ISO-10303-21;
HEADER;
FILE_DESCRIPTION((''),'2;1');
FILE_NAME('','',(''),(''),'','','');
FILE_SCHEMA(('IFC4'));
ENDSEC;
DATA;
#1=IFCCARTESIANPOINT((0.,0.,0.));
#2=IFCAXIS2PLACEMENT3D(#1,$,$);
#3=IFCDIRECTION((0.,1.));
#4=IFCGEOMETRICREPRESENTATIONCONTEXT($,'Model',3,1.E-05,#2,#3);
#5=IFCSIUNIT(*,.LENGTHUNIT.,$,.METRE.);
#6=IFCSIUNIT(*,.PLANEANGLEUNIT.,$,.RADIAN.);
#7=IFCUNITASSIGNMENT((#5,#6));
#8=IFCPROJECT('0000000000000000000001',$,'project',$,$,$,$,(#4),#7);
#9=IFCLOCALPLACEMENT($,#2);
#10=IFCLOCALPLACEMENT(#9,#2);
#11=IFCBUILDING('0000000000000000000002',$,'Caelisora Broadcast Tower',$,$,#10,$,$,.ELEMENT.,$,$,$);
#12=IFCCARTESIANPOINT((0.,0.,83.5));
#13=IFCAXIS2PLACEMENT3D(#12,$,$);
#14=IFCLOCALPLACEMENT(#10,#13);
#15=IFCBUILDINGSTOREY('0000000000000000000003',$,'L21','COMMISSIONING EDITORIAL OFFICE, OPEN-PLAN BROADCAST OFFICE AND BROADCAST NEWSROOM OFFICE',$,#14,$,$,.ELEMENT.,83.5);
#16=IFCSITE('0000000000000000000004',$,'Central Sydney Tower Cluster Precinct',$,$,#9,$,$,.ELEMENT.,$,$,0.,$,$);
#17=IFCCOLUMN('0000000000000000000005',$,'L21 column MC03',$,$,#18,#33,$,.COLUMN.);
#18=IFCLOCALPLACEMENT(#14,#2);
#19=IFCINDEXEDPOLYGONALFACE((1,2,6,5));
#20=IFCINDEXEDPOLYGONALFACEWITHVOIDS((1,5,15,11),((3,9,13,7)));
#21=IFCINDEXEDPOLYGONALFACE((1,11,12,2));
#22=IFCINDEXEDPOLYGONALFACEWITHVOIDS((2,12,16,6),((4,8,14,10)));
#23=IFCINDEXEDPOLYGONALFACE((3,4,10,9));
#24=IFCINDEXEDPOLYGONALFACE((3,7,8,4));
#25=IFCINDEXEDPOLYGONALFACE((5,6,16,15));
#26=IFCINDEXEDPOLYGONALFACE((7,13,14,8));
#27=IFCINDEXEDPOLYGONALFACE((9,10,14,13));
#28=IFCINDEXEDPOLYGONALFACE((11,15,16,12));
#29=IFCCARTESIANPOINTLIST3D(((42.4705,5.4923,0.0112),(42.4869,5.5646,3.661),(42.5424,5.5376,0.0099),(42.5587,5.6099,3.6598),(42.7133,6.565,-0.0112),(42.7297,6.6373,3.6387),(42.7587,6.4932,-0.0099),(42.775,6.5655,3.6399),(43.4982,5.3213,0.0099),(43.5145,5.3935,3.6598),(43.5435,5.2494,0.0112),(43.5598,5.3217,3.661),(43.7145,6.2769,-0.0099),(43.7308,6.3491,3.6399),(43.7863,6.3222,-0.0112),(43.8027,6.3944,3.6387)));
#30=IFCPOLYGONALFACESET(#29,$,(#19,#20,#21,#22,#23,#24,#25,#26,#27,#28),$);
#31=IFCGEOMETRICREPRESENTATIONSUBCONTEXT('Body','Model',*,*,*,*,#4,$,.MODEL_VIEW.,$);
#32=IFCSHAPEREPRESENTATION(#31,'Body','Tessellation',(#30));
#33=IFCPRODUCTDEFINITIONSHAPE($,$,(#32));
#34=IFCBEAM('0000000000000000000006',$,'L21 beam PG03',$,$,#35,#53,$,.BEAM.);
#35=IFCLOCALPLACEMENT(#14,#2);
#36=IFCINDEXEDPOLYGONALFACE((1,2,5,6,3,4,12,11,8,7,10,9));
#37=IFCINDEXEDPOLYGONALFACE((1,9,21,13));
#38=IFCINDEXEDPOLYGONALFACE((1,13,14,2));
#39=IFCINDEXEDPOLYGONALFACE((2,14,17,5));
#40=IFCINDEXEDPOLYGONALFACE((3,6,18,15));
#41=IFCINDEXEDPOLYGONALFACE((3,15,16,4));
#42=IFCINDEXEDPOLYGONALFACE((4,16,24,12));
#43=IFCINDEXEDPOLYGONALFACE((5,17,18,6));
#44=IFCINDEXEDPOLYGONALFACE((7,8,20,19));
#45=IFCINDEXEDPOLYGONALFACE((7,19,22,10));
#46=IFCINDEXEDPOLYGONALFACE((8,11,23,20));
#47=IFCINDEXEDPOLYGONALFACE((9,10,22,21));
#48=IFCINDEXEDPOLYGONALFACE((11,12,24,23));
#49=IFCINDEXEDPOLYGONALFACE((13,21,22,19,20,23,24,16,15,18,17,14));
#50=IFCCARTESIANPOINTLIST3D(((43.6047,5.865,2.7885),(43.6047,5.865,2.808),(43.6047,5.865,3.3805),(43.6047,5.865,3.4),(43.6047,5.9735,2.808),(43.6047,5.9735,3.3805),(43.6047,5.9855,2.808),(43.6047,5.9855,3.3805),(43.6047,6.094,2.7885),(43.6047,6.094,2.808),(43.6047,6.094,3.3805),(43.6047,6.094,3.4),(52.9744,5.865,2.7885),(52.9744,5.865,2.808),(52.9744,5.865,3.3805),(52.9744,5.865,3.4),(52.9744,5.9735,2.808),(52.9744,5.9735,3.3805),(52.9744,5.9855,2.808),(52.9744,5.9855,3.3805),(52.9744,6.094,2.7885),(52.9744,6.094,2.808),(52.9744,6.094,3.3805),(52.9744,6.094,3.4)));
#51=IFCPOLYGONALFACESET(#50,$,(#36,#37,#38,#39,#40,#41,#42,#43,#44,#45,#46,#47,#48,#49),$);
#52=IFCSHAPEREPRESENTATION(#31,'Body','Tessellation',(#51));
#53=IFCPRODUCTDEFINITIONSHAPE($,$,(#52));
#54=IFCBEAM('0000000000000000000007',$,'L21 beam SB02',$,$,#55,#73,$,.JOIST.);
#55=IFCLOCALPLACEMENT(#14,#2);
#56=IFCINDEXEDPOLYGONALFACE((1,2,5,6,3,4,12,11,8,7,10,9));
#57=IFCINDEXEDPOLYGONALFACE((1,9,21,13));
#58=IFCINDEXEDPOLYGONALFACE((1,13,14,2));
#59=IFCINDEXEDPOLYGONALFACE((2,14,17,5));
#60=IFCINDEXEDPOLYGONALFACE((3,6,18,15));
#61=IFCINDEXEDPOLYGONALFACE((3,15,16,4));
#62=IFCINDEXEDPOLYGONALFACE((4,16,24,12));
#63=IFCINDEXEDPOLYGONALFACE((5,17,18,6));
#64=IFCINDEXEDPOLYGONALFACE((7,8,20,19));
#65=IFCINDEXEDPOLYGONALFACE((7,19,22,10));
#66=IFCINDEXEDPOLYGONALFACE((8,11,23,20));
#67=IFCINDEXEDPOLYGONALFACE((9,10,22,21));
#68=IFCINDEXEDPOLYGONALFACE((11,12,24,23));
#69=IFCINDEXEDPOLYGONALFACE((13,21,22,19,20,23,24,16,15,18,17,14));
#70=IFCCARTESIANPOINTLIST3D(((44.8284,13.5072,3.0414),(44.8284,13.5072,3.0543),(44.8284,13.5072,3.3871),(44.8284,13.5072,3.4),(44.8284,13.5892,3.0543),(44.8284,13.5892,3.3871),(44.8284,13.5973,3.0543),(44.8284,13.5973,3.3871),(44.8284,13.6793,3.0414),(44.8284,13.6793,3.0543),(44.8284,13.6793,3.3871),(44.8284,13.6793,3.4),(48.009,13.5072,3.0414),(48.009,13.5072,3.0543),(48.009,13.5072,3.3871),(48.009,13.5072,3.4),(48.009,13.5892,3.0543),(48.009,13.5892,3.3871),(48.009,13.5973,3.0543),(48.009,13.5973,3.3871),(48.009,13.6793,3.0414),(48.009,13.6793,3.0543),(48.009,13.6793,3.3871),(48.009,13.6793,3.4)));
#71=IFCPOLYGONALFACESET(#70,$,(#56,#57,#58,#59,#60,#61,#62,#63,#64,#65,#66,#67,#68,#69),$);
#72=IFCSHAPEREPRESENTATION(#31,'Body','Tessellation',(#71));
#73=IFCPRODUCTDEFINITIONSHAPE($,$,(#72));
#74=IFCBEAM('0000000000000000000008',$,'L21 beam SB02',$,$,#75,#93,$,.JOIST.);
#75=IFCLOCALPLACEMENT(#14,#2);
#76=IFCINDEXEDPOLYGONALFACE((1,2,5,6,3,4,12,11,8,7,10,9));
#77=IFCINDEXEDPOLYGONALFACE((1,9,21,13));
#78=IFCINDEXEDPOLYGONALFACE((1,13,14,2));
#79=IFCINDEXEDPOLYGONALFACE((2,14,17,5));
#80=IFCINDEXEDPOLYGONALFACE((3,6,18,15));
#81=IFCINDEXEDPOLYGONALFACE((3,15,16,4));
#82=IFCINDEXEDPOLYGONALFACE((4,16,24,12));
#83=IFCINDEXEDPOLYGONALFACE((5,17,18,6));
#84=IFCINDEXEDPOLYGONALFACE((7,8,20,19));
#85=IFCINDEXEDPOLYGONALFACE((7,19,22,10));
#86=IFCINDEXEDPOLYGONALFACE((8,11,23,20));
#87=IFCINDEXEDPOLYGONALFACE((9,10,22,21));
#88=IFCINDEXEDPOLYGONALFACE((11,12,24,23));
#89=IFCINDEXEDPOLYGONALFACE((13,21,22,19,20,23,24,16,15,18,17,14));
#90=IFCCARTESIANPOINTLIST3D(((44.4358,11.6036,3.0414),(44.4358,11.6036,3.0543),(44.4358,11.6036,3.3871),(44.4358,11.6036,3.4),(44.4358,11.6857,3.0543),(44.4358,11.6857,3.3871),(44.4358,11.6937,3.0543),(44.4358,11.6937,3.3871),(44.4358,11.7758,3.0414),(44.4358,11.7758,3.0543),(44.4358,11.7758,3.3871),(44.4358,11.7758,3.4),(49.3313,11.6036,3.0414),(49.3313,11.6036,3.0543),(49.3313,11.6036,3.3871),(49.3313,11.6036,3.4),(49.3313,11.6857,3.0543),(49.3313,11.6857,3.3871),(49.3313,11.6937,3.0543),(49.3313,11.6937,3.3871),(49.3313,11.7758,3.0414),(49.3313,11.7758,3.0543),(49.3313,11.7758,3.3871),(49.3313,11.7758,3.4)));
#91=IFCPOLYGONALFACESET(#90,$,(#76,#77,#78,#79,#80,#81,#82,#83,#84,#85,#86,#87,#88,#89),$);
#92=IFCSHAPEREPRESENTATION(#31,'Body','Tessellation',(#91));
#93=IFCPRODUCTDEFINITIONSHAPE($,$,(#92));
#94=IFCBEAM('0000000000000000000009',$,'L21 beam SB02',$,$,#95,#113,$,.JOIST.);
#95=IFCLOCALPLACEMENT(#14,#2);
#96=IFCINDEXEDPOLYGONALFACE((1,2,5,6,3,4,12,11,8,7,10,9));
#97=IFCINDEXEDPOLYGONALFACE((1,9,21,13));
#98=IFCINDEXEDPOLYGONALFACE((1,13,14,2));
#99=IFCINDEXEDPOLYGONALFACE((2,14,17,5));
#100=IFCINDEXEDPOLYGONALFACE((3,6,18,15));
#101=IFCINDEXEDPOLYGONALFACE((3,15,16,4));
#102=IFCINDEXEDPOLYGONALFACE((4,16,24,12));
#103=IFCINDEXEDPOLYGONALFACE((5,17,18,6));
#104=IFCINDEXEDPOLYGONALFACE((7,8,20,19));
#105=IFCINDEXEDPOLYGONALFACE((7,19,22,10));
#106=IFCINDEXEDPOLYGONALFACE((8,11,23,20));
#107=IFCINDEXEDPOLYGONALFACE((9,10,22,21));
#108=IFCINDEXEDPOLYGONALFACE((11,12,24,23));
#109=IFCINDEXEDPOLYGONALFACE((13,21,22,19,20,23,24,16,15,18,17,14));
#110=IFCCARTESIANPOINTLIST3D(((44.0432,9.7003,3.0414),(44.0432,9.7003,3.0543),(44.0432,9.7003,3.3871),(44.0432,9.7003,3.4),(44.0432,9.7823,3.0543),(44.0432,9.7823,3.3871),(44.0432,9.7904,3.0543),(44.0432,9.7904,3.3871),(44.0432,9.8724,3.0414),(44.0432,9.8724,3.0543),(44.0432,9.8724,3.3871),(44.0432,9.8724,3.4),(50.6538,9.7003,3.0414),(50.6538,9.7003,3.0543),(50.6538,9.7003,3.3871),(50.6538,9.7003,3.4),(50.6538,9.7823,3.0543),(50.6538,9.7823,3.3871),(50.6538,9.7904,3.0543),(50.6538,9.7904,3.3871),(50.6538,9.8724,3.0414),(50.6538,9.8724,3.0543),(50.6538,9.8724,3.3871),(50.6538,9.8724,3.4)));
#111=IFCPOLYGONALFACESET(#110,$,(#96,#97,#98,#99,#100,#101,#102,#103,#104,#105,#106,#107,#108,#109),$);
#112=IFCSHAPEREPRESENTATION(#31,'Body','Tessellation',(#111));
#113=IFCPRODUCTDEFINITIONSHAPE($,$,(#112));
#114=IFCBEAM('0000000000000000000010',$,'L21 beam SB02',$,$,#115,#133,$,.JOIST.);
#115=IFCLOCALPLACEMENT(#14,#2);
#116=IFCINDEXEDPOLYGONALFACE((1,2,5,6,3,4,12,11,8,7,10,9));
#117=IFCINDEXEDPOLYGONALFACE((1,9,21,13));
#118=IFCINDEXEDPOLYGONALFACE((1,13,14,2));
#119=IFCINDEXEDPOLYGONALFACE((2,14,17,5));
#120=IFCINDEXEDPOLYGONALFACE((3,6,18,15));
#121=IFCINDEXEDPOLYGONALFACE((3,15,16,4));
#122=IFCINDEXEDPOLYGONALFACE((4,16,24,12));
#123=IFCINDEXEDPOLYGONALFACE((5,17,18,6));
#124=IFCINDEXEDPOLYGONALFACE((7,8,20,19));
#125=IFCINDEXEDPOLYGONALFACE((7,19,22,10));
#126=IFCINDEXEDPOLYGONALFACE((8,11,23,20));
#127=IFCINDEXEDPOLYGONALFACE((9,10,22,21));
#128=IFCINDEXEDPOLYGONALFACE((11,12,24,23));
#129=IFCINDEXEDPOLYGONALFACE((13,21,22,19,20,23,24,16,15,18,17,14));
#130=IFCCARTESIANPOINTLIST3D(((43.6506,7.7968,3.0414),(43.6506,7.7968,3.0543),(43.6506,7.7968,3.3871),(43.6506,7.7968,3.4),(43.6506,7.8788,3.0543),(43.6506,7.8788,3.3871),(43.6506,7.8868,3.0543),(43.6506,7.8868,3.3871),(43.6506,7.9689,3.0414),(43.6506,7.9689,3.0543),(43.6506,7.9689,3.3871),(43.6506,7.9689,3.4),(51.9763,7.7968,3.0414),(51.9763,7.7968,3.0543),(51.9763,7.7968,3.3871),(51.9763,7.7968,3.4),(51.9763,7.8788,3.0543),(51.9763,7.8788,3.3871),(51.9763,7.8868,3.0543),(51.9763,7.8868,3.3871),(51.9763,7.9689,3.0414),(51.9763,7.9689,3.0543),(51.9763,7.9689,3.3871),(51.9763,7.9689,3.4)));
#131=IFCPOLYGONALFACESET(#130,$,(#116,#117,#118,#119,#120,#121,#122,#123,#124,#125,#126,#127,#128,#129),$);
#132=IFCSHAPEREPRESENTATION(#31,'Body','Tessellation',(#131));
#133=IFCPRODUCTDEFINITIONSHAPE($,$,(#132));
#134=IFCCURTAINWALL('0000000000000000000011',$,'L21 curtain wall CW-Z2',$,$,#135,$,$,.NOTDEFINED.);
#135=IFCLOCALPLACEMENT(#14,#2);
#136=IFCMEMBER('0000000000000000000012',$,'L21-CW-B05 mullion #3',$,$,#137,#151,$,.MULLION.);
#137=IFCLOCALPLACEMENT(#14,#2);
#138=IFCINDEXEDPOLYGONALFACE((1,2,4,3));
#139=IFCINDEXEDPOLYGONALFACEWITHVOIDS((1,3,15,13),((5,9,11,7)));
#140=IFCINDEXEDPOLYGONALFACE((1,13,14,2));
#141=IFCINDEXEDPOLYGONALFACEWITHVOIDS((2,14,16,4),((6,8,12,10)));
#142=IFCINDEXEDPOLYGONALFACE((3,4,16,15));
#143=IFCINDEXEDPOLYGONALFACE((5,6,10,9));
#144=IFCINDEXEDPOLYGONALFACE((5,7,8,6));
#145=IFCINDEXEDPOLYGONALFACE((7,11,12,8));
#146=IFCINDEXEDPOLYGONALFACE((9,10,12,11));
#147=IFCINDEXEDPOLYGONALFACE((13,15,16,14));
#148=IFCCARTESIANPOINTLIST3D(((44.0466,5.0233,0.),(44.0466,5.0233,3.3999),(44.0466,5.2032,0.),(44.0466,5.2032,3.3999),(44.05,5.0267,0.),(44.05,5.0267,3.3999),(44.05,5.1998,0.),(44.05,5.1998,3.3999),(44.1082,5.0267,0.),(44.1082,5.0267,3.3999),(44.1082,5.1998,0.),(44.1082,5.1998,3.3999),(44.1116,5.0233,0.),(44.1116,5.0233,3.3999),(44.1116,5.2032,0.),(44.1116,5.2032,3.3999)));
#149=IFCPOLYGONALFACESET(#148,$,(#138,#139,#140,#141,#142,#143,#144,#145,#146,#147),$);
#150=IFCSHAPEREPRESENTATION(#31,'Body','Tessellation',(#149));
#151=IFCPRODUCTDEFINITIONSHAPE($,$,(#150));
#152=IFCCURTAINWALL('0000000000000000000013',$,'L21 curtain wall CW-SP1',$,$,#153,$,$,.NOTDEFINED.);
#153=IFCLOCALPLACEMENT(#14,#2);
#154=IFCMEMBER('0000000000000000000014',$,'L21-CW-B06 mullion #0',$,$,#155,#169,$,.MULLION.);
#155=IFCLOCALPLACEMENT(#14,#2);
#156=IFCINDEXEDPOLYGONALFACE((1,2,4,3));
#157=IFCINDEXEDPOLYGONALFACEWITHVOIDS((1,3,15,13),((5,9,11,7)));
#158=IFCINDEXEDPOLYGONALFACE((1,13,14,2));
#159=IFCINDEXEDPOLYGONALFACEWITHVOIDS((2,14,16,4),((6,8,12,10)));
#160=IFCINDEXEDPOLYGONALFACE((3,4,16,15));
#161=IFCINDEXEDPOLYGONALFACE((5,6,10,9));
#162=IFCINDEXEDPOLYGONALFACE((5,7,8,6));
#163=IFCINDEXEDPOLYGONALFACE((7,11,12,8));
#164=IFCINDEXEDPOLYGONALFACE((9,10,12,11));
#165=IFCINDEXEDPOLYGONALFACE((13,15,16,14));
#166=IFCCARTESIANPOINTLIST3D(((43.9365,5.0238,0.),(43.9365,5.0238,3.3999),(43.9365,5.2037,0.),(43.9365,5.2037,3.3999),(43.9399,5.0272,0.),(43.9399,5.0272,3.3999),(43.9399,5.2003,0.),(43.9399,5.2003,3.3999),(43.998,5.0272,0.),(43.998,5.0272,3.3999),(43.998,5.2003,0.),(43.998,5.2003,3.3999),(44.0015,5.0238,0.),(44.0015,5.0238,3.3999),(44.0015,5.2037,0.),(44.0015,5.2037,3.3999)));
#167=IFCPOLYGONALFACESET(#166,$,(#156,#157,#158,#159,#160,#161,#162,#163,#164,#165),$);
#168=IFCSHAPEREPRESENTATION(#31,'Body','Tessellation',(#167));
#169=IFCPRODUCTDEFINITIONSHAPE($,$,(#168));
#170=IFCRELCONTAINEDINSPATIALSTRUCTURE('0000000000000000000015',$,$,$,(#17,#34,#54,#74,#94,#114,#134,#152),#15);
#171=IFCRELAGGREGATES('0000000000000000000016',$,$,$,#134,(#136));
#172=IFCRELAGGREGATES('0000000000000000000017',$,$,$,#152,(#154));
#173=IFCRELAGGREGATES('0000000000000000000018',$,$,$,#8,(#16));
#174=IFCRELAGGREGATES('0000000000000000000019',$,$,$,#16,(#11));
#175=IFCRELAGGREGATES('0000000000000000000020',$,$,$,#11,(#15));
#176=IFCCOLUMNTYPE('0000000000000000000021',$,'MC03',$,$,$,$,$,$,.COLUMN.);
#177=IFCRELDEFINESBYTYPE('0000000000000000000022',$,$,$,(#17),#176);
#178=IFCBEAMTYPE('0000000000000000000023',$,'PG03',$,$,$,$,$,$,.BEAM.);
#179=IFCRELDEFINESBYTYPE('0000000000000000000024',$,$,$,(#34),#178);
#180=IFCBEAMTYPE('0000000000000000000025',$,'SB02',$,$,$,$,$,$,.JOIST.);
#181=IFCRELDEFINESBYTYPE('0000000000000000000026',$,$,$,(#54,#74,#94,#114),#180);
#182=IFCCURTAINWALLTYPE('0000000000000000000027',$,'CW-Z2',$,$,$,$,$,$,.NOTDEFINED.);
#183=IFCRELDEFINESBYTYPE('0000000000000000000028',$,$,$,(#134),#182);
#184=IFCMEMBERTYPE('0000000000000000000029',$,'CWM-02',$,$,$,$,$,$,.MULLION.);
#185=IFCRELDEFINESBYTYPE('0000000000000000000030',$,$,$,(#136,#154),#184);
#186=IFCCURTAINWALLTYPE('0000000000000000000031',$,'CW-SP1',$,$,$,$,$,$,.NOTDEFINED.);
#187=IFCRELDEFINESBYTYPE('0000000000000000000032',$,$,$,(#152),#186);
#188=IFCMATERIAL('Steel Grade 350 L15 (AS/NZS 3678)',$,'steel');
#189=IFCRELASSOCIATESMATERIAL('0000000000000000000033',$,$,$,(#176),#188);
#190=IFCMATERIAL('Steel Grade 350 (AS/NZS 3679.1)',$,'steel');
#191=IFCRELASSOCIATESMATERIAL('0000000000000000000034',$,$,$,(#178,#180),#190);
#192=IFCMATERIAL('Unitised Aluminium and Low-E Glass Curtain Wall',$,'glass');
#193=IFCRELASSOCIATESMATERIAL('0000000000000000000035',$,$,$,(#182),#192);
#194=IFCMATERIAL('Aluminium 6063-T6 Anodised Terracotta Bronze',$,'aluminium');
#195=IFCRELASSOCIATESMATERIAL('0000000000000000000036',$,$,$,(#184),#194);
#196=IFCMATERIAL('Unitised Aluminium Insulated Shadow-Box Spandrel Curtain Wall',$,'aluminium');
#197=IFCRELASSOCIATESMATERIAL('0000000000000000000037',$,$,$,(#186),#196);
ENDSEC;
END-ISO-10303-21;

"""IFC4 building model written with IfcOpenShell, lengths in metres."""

from ifc_helpers import new_model, si_unit, direction, frame, origin, origin_2d, place, context, subcontext, project, spatial, hollow_rectangle, i_section, extrude, source, transform, mapped, material, material_profile, profile_set, type_object, type_shapes, element, aggregate, save


model = new_model("IFC4")

# Units and contexts
model_context = context("Model", 3, precision=1e-05, world=origin(), true_north=direction((0.0, 1.0)))
body_context = subcontext(model_context, "Body", "Model", "MODEL_VIEW")
ifc_project = project(units=[si_unit("LENGTHUNIT", "METRE"), si_unit("PLANEANGLEUNIT", "RADIAN")], contexts=[model_context])

# Site, building, storey
site_placement = place(None, origin())
site = spatial("IfcSite", under=ifc_project, at=site_placement, Name="Central Sydney Tower Cluster Precinct", CompositionType="ELEMENT", RefElevation=0.0)
building_placement = place(site_placement, origin())
building = spatial("IfcBuilding", under=site, at=building_placement, Name="Caelisora Broadcast Tower", CompositionType="ELEMENT")
storey_placement = place(building_placement, frame((0.0, 0.0, 83.5)))
storey = spatial("IfcBuildingStorey", under=building, at=storey_placement, Name="L21", Description="COMMISSIONING EDITORIAL OFFICE, OPEN-PLAN BROADCAST OFFICE AND BROADCAST NEWSROOM OFFICE", CompositionType="ELEMENT", Elevation=83.5)

# Column
ifc_material_1 = material(Name="Steel Grade 350 L15 (AS/NZS 3678)", Category="steel")
ifc_material_profile_1 = material_profile(ifc_material_1, hollow_rectangle(XDim=1.1001, YDim=1.1001, WallThickness=0.0601, at=origin_2d()), Name="Steel Grade 350 L15 (AS/NZS 3678)")
ifc_profile_set_1 = profile_set([ifc_material_profile_1], Name="Steel Grade 350 L15 (AS/NZS 3678)")
column_type = type_object("IfcColumnType", Name="MC03", PredefinedType="COLUMN", material=ifc_profile_set_1)
shared_shape_1 = source(origin(), body_context, "Body", "SweptSolid", [
    extrude(hollow_rectangle(XDim=1.1001, YDim=1.1001, WallThickness=0.0601, at=origin_2d()), origin(), (0.0, 0.0, 1.0), 3.6506),
])
type_shapes(column_type, [shared_shape_1])
column_placement = place(storey_placement, frame((43.1284, 5.9072, 0.0), z_axis=(0.004481, 0.019795, 0.999794), x_axis=(-0.975327, 0.220767, 0.0)))
element("IfcColumn", 1, at=column_placement, inside=storey, type_object=column_type, Name="L21 column MC03", PredefinedType="COLUMN", context=body_context, shape_type="MappedRepresentation", body=[
    mapped(shared_shape_1, transform((0.0, 0.0, 0.0), scale=1.0)),
])

# Beams
ifc_material_2 = material(Name="Steel Grade 350 (AS/NZS 3679.1)", Category="steel")
ifc_material_profile_2 = material_profile(ifc_material_2, i_section(OverallWidth=0.229, OverallDepth=0.6116, WebThickness=0.012, FlangeThickness=0.0195, at=origin_2d()), Name="Steel Grade 350 (AS/NZS 3679.1)")
ifc_profile_set_2 = profile_set([ifc_material_profile_2], Name="Steel Grade 350 (AS/NZS 3679.1)")
beam_type_1 = type_object("IfcBeamType", Name="PG03", PredefinedType="BEAM", material=ifc_profile_set_2)
shared_shape_2 = source(origin(), body_context, "Body", "SweptSolid", [
    extrude(i_section(OverallWidth=0.229, OverallDepth=0.6116, WebThickness=0.012, FlangeThickness=0.0195, at=origin_2d()), origin(), (0.0, 0.0, 1.0), 9.3696),
])
type_shapes(beam_type_1, [shared_shape_2])
beam_1_placement = place(storey_placement, frame((43.6047, 5.9795, 3.0942), z_axis=(1.0, 0.0, 0.0), x_axis=(0.0, 1.0, 0.0)))
element("IfcBeam", 2, at=beam_1_placement, inside=storey, type_object=beam_type_1, Name="L21 beam PG03", PredefinedType="BEAM", context=body_context, shape_type="MappedRepresentation", body=[
    mapped(shared_shape_2, transform((0.0, 0.0, 0.0), scale=1.0)),
])
ifc_material_profile_3 = material_profile(ifc_material_2, i_section(OverallWidth=0.1721, OverallDepth=0.3586, WebThickness=0.0081, FlangeThickness=0.0129, at=origin_2d()), Name="Steel Grade 350 (AS/NZS 3679.1)")
ifc_profile_set_3 = profile_set([ifc_material_profile_3], Name="Steel Grade 350 (AS/NZS 3679.1)")
beam_type_2 = type_object("IfcBeamType", Name="SB02", PredefinedType="JOIST", material=ifc_profile_set_3)
shared_shape_3 = source(origin(), body_context, "Body", "SweptSolid", [
    extrude(i_section(OverallWidth=0.1721, OverallDepth=0.3586, WebThickness=0.0081, FlangeThickness=0.0129, at=origin_2d()), origin(), (0.0, 0.0, 1.0), 3.1807),
])
beam_2_placement = place(storey_placement, frame((44.8284, 13.5933, 3.2207), z_axis=(1.0, 0.0, 0.0), x_axis=(0.0, 1.0, 0.0)))
element("IfcBeam", 3, at=beam_2_placement, inside=storey, type_object=beam_type_2, Name="L21 beam SB02", PredefinedType="JOIST", context=body_context, shape_type="MappedRepresentation", body=[
    mapped(shared_shape_3, transform((0.0, 0.0, 0.0), scale=1.0)),
])
shared_shape_4 = source(origin(), body_context, "Body", "SweptSolid", [
    extrude(i_section(OverallWidth=0.1721, OverallDepth=0.3586, WebThickness=0.0081, FlangeThickness=0.0129, at=origin_2d()), origin(), (0.0, 0.0, 1.0), 4.8955),
])
beam_3_placement = place(storey_placement, frame((44.4358, 11.6897, 3.2207), z_axis=(1.0, 0.0, 0.0), x_axis=(0.0, 1.0, 0.0)))
element("IfcBeam", 4, at=beam_3_placement, inside=storey, type_object=beam_type_2, Name="L21 beam SB02", PredefinedType="JOIST", context=body_context, shape_type="MappedRepresentation", body=[
    mapped(shared_shape_4, transform((0.0, 0.0, 0.0), scale=1.0)),
])
shared_shape_5 = source(origin(), body_context, "Body", "SweptSolid", [
    extrude(i_section(OverallWidth=0.1721, OverallDepth=0.3586, WebThickness=0.0081, FlangeThickness=0.0129, at=origin_2d()), origin(), (0.0, 0.0, 1.0), 6.6106),
])
beam_4_placement = place(storey_placement, frame((44.0432, 9.7864, 3.2207), z_axis=(1.0, 0.0, 0.0), x_axis=(0.0, 1.0, 0.0)))
element("IfcBeam", 5, at=beam_4_placement, inside=storey, type_object=beam_type_2, Name="L21 beam SB02", PredefinedType="JOIST", context=body_context, shape_type="MappedRepresentation", body=[
    mapped(shared_shape_5, transform((0.0, 0.0, 0.0), scale=1.0)),
])
shared_shape_6 = source(origin(), body_context, "Body", "SweptSolid", [
    extrude(i_section(OverallWidth=0.1721, OverallDepth=0.3586, WebThickness=0.0081, FlangeThickness=0.0129, at=origin_2d()), origin(), (0.0, 0.0, 1.0), 8.3257),
])
type_shapes(beam_type_2, [shared_shape_3, shared_shape_4, shared_shape_5, shared_shape_6])
beam_5_placement = place(storey_placement, frame((43.6506, 7.8828, 3.2207), z_axis=(1.0, 0.0, 0.0), x_axis=(0.0, 1.0, 0.0)))
element("IfcBeam", 6, at=beam_5_placement, inside=storey, type_object=beam_type_2, Name="L21 beam SB02", PredefinedType="JOIST", context=body_context, shape_type="MappedRepresentation", body=[
    mapped(shared_shape_6, transform((0.0, 0.0, 0.0), scale=1.0)),
])

# Curtain wall, member
ifc_material_3 = material(Name="Unitised Aluminium and Low-E Glass Curtain Wall", Category="glass")
curtain_wall_type_1 = type_object("IfcCurtainWallType", Name="CW-Z2", PredefinedType="NOTDEFINED", material=ifc_material_3)
curtain_wall_1_placement = place(storey_placement, origin())
curtain_wall_1 = element("IfcCurtainWall", 7, at=curtain_wall_1_placement, inside=storey, type_object=curtain_wall_type_1, Name="L21 curtain wall CW-Z2", PredefinedType="NOTDEFINED")
ifc_material_4 = material(Name="Aluminium 6063-T6 Anodised Terracotta Bronze", Category="aluminium")
ifc_material_profile_4 = material_profile(ifc_material_4, hollow_rectangle(XDim=0.0649, YDim=0.1799, WallThickness=0.0034, at=origin_2d()), Name="Aluminium 6063-T6 Anodised Terracotta Bronze")
ifc_profile_set_4 = profile_set([ifc_material_profile_4], Name="Aluminium 6063-T6 Anodised Terracotta Bronze")
member_type_1 = type_object("IfcMemberType", Name="CWM-02", PredefinedType="MULLION", material=ifc_profile_set_4)
shared_shape_7 = source(origin(), body_context, "Body", "SweptSolid", [
    extrude(hollow_rectangle(XDim=0.0649, YDim=0.1799, WallThickness=0.0034, at=origin_2d()), origin(), (0.0, 0.0, 1.0), 3.3999),
])
type_shapes(member_type_1, [shared_shape_7])
member_1_placement = place(storey_placement, frame((44.0791, 5.1133, 0.0), z_axis=(0.0, 0.0, 1.0), x_axis=(1.0, 0.0, 0.0)))
member_1 = element("IfcMember", 8, at=member_1_placement, type_object=member_type_1, Name="L21-CW-B05 mullion #3", PredefinedType="MULLION", context=body_context, shape_type="MappedRepresentation", body=[
    mapped(shared_shape_7, transform((0.0, 0.0, 0.0), scale=1.0)),
])
aggregate(curtain_wall_1, [member_1])

# Curtain wall, member
ifc_material_5 = material(Name="Unitised Aluminium Insulated Shadow-Box Spandrel Curtain Wall", Category="aluminium")
curtain_wall_type_2 = type_object("IfcCurtainWallType", Name="CW-SP1", PredefinedType="NOTDEFINED", material=ifc_material_5)
curtain_wall_2_placement = place(storey_placement, origin())
curtain_wall_2 = element("IfcCurtainWall", 9, at=curtain_wall_2_placement, inside=storey, type_object=curtain_wall_type_2, Name="L21 curtain wall CW-SP1", PredefinedType="NOTDEFINED")
member_2_placement = place(storey_placement, frame((43.969, 5.1138, 0.0), z_axis=(0.0, 0.0, 1.0), x_axis=(1.0, 0.0, 0.0)))
member_2 = element("IfcMember", 10, at=member_2_placement, type_object=member_type_1, Name="L21-CW-B06 mullion #0", PredefinedType="MULLION", context=body_context, shape_type="MappedRepresentation", body=[
    mapped(shared_shape_7, transform((0.0, 0.0, 0.0), scale=1.0)),
])

aggregate(curtain_wall_2, [member_2])

save(model, "model.ifc")
